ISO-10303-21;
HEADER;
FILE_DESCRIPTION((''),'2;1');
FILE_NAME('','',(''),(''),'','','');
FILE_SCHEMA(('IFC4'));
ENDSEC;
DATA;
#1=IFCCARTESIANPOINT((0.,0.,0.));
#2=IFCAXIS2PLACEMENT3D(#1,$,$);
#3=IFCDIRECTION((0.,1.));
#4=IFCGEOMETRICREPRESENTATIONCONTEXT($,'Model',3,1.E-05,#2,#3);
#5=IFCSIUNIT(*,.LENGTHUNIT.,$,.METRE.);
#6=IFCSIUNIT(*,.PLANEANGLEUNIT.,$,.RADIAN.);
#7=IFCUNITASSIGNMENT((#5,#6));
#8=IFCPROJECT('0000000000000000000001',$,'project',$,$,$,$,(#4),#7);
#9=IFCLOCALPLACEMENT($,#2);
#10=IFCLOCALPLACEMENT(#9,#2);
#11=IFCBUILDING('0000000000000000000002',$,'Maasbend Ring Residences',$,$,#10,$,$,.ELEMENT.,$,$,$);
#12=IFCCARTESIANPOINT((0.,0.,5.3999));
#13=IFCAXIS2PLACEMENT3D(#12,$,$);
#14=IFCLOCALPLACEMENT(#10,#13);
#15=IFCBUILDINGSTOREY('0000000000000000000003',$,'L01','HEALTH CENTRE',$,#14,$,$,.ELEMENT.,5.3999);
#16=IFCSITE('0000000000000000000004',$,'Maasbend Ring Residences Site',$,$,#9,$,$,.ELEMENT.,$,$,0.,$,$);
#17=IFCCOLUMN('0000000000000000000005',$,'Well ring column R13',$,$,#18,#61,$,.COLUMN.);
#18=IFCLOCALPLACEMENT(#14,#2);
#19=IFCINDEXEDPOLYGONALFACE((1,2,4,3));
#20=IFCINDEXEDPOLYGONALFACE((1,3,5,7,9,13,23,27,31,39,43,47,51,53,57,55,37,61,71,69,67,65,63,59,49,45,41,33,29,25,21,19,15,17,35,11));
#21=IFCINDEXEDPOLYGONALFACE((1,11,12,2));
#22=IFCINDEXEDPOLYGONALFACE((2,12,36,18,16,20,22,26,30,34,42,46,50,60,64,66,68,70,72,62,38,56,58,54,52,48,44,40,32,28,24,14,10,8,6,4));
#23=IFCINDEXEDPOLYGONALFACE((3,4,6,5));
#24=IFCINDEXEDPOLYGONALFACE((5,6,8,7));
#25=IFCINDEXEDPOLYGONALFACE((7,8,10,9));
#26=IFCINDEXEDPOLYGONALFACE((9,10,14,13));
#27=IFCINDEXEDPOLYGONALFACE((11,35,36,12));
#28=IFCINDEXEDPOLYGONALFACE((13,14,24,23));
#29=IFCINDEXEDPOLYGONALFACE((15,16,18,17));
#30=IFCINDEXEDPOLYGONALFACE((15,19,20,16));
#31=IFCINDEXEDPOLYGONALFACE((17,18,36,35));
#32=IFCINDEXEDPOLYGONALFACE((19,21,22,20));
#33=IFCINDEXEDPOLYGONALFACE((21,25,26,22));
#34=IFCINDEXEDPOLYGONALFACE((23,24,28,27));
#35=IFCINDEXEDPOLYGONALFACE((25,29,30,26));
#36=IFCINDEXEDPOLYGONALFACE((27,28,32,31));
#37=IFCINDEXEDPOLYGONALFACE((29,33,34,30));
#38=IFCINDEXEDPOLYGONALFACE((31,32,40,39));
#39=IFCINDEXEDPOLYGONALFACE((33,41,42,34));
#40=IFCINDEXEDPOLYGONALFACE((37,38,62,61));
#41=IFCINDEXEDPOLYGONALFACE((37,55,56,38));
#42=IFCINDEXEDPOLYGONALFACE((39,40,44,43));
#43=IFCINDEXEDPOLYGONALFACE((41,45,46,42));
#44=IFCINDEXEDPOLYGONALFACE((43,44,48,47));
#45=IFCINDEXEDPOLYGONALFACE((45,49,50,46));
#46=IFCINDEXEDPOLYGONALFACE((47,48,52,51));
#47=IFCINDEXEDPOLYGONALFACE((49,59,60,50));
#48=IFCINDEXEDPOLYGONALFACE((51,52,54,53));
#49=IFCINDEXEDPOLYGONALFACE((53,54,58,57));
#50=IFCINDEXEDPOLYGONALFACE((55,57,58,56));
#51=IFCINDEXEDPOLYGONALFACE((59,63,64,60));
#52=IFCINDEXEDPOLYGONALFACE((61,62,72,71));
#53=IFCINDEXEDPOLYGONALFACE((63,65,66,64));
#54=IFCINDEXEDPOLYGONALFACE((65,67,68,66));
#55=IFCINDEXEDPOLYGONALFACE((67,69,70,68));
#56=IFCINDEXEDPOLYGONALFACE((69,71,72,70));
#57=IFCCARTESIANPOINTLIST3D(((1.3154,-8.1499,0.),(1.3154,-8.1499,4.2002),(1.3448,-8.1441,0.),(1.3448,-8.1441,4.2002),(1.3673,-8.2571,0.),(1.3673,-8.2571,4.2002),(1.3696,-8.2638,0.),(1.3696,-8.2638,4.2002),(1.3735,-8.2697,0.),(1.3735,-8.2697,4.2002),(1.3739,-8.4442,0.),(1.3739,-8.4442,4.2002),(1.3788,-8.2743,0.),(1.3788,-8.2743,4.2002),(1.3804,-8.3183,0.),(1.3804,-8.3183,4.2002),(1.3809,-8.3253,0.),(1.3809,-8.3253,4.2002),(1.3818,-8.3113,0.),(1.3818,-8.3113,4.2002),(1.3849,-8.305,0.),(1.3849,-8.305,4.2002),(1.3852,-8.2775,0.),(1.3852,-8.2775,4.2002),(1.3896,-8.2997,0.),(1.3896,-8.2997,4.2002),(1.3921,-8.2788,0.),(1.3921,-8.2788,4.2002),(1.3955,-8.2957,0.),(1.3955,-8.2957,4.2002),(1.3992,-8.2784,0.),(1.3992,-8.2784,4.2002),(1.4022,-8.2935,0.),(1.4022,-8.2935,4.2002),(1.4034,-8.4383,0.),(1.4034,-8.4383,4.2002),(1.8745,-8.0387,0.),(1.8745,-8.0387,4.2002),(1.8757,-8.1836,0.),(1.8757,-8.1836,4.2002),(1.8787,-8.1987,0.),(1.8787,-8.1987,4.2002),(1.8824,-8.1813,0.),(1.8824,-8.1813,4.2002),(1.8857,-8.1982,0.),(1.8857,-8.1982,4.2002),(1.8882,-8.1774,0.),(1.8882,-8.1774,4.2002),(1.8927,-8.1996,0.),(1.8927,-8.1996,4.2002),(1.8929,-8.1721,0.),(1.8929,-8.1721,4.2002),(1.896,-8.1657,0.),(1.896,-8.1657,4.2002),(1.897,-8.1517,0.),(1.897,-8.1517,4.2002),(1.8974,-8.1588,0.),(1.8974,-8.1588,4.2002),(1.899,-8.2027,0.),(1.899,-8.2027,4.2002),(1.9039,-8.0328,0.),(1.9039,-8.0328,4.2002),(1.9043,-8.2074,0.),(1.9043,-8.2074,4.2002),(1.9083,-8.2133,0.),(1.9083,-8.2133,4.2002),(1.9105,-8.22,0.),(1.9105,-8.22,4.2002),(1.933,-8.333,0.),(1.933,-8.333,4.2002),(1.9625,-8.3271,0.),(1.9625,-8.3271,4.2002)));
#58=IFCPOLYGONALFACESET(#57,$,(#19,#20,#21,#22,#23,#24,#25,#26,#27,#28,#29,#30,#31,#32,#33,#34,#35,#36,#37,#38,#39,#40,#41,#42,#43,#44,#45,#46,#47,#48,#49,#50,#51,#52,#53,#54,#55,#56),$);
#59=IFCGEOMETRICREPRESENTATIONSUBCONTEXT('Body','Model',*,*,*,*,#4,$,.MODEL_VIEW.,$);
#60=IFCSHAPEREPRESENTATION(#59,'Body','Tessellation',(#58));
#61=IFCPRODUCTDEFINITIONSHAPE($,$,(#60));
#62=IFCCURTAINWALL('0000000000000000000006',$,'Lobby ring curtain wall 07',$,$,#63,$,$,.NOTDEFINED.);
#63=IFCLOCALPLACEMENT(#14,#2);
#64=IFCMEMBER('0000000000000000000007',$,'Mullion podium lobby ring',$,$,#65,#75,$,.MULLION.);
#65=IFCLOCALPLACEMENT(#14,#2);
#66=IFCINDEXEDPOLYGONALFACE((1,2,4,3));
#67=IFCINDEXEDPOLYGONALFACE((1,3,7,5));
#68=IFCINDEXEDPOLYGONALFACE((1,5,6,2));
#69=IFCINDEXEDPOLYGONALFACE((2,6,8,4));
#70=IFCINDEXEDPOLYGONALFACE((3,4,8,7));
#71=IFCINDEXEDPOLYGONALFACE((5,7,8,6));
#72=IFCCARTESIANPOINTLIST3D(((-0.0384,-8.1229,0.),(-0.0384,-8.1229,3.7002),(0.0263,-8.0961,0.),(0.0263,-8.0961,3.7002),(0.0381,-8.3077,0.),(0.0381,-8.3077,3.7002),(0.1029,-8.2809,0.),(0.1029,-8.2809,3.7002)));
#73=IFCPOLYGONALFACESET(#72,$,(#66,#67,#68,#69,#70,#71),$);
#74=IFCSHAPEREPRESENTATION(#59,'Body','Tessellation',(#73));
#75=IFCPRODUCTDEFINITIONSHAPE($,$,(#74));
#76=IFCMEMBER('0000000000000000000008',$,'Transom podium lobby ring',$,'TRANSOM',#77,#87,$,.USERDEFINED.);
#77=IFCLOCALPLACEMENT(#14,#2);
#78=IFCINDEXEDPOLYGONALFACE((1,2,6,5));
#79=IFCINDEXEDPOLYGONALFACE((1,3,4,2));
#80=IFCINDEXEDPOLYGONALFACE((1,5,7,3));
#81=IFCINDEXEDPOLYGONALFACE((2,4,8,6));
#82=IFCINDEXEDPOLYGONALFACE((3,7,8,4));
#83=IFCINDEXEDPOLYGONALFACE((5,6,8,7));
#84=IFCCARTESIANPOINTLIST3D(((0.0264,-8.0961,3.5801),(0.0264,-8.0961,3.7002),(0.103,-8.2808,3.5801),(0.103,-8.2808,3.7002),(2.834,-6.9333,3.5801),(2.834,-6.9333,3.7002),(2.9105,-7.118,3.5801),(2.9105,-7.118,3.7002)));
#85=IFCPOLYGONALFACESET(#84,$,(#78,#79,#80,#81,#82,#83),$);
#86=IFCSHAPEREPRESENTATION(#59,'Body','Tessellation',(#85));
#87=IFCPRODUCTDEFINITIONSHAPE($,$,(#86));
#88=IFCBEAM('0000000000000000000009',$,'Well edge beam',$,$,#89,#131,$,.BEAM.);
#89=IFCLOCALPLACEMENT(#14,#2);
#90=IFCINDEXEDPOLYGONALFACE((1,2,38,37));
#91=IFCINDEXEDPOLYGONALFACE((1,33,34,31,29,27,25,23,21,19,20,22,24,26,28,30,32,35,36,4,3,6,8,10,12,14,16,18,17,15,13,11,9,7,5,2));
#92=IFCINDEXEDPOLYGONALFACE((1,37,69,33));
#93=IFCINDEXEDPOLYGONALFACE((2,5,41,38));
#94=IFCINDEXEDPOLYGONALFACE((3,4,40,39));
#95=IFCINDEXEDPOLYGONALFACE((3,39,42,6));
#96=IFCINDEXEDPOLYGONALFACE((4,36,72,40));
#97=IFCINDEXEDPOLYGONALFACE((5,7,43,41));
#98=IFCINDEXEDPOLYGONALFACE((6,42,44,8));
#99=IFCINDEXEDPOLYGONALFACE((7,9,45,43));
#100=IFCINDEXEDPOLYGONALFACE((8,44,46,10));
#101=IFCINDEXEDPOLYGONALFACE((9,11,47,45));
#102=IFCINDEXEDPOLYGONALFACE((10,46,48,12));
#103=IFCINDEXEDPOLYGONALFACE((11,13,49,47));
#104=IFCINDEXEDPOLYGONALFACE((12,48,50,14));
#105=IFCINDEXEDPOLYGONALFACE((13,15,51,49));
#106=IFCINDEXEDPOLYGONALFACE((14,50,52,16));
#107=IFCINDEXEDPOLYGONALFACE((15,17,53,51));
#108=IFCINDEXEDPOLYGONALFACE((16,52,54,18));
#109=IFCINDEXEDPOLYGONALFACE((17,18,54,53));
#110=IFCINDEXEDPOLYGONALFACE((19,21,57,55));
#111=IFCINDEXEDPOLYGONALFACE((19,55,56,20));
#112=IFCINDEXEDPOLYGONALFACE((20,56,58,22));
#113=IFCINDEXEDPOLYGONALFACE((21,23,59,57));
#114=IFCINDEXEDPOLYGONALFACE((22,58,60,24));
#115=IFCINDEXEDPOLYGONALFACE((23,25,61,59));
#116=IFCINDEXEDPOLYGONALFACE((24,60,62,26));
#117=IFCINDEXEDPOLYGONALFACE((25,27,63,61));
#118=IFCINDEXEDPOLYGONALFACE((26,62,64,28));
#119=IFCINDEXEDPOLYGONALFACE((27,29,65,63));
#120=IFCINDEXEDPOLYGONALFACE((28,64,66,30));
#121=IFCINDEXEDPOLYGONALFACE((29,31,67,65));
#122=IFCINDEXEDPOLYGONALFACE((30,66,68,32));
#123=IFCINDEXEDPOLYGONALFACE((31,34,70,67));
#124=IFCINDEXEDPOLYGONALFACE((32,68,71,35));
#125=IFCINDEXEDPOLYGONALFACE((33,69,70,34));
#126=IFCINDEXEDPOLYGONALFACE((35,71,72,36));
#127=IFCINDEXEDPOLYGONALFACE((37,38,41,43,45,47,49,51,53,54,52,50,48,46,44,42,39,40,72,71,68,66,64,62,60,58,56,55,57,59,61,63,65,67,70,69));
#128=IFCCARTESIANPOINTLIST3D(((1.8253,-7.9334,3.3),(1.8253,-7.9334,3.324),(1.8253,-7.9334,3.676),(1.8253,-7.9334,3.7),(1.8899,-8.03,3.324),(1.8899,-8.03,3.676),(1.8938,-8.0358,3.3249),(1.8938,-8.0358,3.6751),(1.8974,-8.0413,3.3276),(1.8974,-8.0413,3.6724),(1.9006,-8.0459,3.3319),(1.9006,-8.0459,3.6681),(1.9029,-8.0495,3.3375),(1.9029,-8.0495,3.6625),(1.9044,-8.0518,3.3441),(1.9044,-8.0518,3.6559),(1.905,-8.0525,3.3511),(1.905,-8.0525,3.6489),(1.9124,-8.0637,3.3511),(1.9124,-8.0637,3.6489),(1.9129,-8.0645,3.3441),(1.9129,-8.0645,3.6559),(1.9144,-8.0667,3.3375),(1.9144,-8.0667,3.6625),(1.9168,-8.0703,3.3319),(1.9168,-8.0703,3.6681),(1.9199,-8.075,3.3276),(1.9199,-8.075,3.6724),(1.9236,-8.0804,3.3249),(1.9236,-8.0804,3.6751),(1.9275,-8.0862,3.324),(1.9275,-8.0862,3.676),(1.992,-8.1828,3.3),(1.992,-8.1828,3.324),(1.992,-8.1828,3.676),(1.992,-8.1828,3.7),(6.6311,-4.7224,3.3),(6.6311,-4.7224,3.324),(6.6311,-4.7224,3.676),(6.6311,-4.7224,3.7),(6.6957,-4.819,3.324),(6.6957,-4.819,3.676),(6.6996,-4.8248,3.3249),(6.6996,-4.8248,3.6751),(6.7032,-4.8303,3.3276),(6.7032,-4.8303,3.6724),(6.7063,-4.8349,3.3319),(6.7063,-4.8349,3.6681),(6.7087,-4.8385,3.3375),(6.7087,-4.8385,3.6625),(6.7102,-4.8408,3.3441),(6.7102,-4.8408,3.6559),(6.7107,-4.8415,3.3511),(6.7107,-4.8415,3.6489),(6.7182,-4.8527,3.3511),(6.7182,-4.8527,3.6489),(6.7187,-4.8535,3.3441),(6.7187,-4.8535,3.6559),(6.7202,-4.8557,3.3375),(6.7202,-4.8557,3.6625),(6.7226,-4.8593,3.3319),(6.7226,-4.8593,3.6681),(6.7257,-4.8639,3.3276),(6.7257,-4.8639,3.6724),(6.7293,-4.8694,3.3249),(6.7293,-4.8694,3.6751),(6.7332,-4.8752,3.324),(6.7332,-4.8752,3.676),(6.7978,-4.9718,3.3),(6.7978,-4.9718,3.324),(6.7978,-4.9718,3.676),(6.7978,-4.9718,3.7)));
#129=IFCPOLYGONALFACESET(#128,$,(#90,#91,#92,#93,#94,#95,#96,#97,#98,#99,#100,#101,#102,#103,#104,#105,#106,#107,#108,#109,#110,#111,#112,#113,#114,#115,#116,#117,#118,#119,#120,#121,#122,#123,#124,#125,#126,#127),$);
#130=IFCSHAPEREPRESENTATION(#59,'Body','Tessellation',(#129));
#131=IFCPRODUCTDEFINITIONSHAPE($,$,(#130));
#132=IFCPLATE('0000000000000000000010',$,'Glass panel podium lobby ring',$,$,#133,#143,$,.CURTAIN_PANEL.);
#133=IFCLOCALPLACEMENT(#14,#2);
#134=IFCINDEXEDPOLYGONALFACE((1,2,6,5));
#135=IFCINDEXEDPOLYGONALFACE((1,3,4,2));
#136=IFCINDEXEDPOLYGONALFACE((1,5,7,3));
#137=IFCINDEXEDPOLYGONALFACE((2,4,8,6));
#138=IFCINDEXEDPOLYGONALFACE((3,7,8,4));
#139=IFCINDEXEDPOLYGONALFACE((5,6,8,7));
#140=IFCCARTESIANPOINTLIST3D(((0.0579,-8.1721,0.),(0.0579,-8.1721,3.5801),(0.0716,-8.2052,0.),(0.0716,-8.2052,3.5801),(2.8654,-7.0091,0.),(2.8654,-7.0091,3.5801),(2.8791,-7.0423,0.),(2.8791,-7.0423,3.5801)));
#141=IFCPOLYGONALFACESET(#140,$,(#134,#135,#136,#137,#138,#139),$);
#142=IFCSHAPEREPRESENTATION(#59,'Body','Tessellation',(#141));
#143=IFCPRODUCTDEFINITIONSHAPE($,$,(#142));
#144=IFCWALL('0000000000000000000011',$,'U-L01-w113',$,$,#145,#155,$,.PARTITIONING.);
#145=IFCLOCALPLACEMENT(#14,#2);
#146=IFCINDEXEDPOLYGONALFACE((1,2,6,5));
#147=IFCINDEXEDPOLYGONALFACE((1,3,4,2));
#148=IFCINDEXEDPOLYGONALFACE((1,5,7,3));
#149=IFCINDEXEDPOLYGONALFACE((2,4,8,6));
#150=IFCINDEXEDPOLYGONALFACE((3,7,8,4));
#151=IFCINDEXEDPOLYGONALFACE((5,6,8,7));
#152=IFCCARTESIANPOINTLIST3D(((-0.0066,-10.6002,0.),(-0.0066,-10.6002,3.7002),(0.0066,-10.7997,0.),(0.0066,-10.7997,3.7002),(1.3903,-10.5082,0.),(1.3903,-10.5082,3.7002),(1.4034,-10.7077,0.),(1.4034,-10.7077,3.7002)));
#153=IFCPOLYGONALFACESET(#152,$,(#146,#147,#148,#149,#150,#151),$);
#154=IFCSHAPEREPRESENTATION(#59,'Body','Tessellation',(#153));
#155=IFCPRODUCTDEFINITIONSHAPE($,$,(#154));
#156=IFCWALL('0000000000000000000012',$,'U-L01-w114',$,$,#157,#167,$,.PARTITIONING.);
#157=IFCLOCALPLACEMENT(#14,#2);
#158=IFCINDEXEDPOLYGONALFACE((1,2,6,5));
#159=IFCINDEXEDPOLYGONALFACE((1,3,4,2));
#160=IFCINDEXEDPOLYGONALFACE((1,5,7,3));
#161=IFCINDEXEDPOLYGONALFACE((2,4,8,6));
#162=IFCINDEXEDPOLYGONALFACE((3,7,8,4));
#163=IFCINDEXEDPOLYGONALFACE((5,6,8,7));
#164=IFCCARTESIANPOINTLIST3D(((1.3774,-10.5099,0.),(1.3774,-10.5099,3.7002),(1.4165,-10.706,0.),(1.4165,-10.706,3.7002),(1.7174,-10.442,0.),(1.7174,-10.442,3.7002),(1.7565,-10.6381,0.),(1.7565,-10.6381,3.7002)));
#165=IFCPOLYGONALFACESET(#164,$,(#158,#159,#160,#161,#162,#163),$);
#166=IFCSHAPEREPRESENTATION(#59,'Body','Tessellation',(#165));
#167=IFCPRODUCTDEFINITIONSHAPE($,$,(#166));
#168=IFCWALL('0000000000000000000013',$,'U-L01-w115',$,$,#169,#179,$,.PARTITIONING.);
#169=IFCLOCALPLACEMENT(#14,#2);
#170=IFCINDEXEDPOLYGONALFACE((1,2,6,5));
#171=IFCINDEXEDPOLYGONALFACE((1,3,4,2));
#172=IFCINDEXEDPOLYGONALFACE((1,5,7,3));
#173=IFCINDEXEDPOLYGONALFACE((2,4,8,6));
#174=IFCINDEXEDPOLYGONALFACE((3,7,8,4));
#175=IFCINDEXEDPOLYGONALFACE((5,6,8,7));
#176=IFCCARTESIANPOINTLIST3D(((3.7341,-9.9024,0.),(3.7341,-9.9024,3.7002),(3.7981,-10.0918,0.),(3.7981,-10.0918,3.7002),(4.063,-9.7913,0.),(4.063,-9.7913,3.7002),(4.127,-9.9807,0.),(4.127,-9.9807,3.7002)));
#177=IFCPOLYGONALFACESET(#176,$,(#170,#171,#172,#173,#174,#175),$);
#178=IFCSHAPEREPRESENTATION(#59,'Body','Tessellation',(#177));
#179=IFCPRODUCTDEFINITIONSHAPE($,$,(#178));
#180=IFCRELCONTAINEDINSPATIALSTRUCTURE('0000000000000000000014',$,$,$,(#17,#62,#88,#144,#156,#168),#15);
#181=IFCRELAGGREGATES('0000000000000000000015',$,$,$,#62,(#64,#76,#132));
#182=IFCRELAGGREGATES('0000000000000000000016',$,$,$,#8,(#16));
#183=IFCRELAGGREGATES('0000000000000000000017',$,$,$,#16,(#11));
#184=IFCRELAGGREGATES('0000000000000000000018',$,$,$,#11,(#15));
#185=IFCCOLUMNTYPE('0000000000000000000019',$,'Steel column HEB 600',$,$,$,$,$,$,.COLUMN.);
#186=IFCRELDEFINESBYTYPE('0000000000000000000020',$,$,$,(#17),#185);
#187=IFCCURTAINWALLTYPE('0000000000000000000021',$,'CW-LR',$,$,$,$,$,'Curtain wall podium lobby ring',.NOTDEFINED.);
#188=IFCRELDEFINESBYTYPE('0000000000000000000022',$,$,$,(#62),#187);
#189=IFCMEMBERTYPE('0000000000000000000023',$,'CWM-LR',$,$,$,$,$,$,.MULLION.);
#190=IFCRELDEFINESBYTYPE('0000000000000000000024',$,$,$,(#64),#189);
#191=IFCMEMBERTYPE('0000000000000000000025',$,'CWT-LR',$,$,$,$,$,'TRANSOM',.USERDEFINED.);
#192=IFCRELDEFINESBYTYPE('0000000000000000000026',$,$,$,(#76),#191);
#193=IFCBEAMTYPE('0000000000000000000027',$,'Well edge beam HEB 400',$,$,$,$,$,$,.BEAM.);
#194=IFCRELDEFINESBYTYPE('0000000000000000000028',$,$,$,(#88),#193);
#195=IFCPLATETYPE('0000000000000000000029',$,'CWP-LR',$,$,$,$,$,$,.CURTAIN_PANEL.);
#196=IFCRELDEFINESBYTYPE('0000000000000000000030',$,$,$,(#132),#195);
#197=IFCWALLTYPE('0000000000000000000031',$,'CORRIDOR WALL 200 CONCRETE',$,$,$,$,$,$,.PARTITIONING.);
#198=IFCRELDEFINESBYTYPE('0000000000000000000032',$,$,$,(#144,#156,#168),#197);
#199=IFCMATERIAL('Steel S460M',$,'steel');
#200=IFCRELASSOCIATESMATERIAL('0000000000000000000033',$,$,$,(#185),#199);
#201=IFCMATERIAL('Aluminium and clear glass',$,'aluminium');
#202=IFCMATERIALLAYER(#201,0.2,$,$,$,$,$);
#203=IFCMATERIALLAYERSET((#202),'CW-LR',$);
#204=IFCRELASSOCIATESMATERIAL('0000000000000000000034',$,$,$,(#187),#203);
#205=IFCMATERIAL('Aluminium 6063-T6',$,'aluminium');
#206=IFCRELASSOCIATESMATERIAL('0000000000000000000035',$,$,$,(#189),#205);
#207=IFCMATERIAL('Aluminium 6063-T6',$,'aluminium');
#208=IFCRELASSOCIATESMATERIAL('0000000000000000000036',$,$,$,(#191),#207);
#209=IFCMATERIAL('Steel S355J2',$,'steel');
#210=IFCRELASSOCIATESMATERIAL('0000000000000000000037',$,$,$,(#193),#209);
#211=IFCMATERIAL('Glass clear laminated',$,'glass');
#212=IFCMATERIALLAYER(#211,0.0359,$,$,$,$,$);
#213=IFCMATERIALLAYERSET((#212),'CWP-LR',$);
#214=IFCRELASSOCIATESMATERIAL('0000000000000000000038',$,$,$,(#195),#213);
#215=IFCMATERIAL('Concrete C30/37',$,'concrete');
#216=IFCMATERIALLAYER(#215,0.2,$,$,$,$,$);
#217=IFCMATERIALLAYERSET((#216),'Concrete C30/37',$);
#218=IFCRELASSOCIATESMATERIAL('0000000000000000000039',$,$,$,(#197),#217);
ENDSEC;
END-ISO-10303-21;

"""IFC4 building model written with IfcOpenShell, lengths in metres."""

from ifc_helpers import new_model, si_unit, direction, frame, frame_2d, origin, origin_2d, place, context, subcontext, project, spatial, rectangle, i_section, extrude, material, layer, layer_set, material_profile, profile_set, type_object, element, aggregate, save


model = new_model("IFC4")

# Units and contexts
model_context = context("Model", 3, precision=1e-05, world=origin(), true_north=direction((0.0, 1.0)))
body_context = subcontext(model_context, "Body", "Model", "MODEL_VIEW")
ifc_project = project(units=[si_unit("LENGTHUNIT", "METRE"), si_unit("PLANEANGLEUNIT", "RADIAN")], contexts=[model_context])

# Site, building, storey
site_placement = place(None, origin())
site = spatial("IfcSite", under=ifc_project, at=site_placement, Name="Maasbend Ring Residences Site", CompositionType="ELEMENT", RefElevation=0.0)
building_placement = place(site_placement, origin())
building = spatial("IfcBuilding", under=site, at=building_placement, Name="Maasbend Ring Residences", CompositionType="ELEMENT")
storey_placement = place(building_placement, frame((0.0, 0.0, 5.3999)))
storey = spatial("IfcBuildingStorey", under=building, at=storey_placement, Name="L01", Description="HEALTH CENTRE", CompositionType="ELEMENT", Elevation=5.3999)

# Column
ifc_material_1 = material(Name="Steel S460M", Category="steel")
ifc_material_profile_1 = material_profile(ifc_material_1, i_section(OverallWidth=0.3, OverallDepth=0.6001, WebThickness=0.0154, FlangeThickness=0.03, FilletRadius=0.0271, at=origin_2d()), Name="HEB 600")
ifc_profile_set_1 = profile_set([ifc_material_profile_1], Name="Steel S460M")
column_type = type_object("IfcColumnType", Name="Steel column HEB 600", PredefinedType="COLUMN", material=ifc_profile_set_1)
column_placement = place(storey_placement, frame((1.6389, -8.2385, 0.0), z_axis=(0.0, 0.0, 1.0), x_axis=(0.19509, -0.980785, 0.0)))
element("IfcColumn", 1, at=column_placement, inside=storey, type_object=column_type, Name="Well ring column R13", PredefinedType="COLUMN", context=body_context, shape_type="SweptSolid", body=[
    extrude(i_section(OverallWidth=0.3, OverallDepth=0.6001, WebThickness=0.0154, FlangeThickness=0.03, FilletRadius=0.0271, at=origin_2d()), origin(), (0.0, 0.0, 1.0), 4.2002),
])

# Curtain wall, members
ifc_material_2 = material(Name="Aluminium and clear glass", Category="aluminium")
ifc_layer_1 = layer(ifc_material_2, 0.2)
ifc_layer_set_1 = layer_set([ifc_layer_1], Name="CW-LR")
curtain_wall_type = type_object("IfcCurtainWallType", Name="CW-LR", ElementType="Curtain wall podium lobby ring", PredefinedType="NOTDEFINED", material=ifc_layer_set_1)
curtain_wall_placement = place(storey_placement, origin())
curtain_wall = element("IfcCurtainWall", 2, at=curtain_wall_placement, inside=storey, type_object=curtain_wall_type, Name="Lobby ring curtain wall 07", PredefinedType="NOTDEFINED")
ifc_material_3 = material(Name="Aluminium 6063-T6", Category="aluminium")
ifc_material_profile_2 = material_profile(ifc_material_3, rectangle(XDim=0.2, YDim=0.0701, at=origin_2d()), Name="AL 200x70")
ifc_profile_set_2 = profile_set([ifc_material_profile_2], Name="Aluminium 6063-T6")
member_type_1 = type_object("IfcMemberType", Name="CWM-LR", PredefinedType="MULLION", material=ifc_profile_set_2)
member_1_placement = place(storey_placement, frame((0.0322, -8.2019, 0.0), z_axis=(0.0, 0.0, 1.0), x_axis=(-0.382683, 0.92388, 0.0)))
member_1 = element("IfcMember", 3, at=member_1_placement, type_object=member_type_1, Name="Mullion podium lobby ring", PredefinedType="MULLION", context=body_context, shape_type="SweptSolid", body=[
    extrude(rectangle(XDim=0.2, YDim=0.0701, at=origin_2d()), origin(), (0.0, 0.0, 1.0), 3.7002),
])
ifc_material_4 = material(Name="Aluminium 6063-T6", Category="aluminium")
ifc_material_profile_3 = material_profile(ifc_material_4, rectangle(XDim=0.2, YDim=0.1201, at=origin_2d()), Name="AL 200x120")
ifc_profile_set_3 = profile_set([ifc_material_profile_3], Name="Aluminium 6063-T6")
member_type_2 = type_object("IfcMemberType", Name="CWT-LR", ElementType="TRANSOM", PredefinedType="USERDEFINED", material=ifc_profile_set_3)
member_2_placement = place(storey_placement, frame((0.0647, -8.1885, 3.6401), z_axis=(0.923892, 0.382652, 0.0), x_axis=(-0.382652, 0.923892, 0.0)))
member_2 = element("IfcMember", 4, at=member_2_placement, type_object=member_type_2, Name="Transom podium lobby ring", ObjectType="TRANSOM", PredefinedType="USERDEFINED", context=body_context, shape_type="SweptSolid", body=[
    extrude(rectangle(XDim=0.2, YDim=0.1201, at=origin_2d()), origin(), (0.0, 0.0, 1.0), 3.0388),
])

# Beam
ifc_material_5 = material(Name="Steel S355J2", Category="steel")
ifc_material_profile_4 = material_profile(ifc_material_5, i_section(OverallWidth=0.3, OverallDepth=0.3999, WebThickness=0.0134, FlangeThickness=0.0239, FilletRadius=0.0271, at=origin_2d()), Name="HEB 400")
ifc_profile_set_4 = profile_set([ifc_material_profile_4], Name="Steel S355J2")
beam_type = type_object("IfcBeamType", Name="Well edge beam HEB 400", PredefinedType="BEAM", material=ifc_profile_set_4)
beam_placement = place(storey_placement, frame((1.9087, -8.0581, 3.5), z_axis=(0.831478, 0.555558, 0.0), x_axis=(-0.555558, 0.831478, 0.0)))
element("IfcBeam", 5, at=beam_placement, inside=storey, type_object=beam_type, Name="Well edge beam", PredefinedType="BEAM", context=body_context, shape_type="SweptSolid", body=[
    extrude(i_section(OverallWidth=0.3, OverallDepth=0.3999, WebThickness=0.0134, FlangeThickness=0.0239, FilletRadius=0.0271, at=origin_2d()), origin(), (0.0, 0.0, 1.0), 5.7798),
])

# Plate
ifc_material_6 = material(Name="Glass clear laminated", Category="glass")
ifc_layer_2 = layer(ifc_material_6, 0.0359)
ifc_layer_set_2 = layer_set([ifc_layer_2], Name="CWP-LR")
plate_type = type_object("IfcPlateType", Name="CWP-LR", PredefinedType="CURTAIN_PANEL", material=ifc_layer_set_2)
plate_placement = place(storey_placement, frame((1.4685, -7.6072, 0.0), z_axis=(0.0, 0.0, 1.0), x_axis=(0.92388, 0.382683, 0.0)))
plate = element("IfcPlate", 6, at=plate_placement, type_object=plate_type, Name="Glass panel podium lobby ring", PredefinedType="CURTAIN_PANEL", context=body_context, shape_type="SweptSolid", body=[
    extrude(rectangle(XDim=3.0388, YDim=0.0359, at=origin_2d()), origin(), (0.0, 0.0, 1.0), 3.5801),
])
aggregate(curtain_wall, [member_1, member_2, plate])

# Walls
ifc_material_7 = material(Name="Concrete C30/37", Category="concrete")
ifc_layer_3 = layer(ifc_material_7, 0.2)
ifc_layer_set_3 = layer_set([ifc_layer_3], Name="Concrete C30/37")
wall_type_1 = type_object("IfcWallType", Name="CORRIDOR WALL 200 CONCRETE", PredefinedType="PARTITIONING", material=ifc_layer_set_3)
wall_1_placement = place(storey_placement, frame((0.0, -10.7, 0.0), z_axis=(0.0, 0.0, 1.0), x_axis=(0.997837, 0.065744, 0.0)))
element("IfcWall", 7, at=wall_1_placement, inside=storey, type_object=wall_type_1, Name="U-L01-w113", PredefinedType="PARTITIONING", context=body_context, shape_type="SweptSolid", body=[
    extrude(rectangle(XDim=1.3999, YDim=0.2, at=frame_2d((0.7, 0.0))), origin(), (0.0, 0.0, 1.0), 3.7002),
])
wall_2_placement = place(storey_placement, frame((1.397, -10.6079, 0.0), z_axis=(0.0, 0.0, 1.0), x_axis=(0.980662, 0.19571, 0.0)))
element("IfcWall", 8, at=wall_2_placement, inside=storey, type_object=wall_type_1, Name="U-L01-w114", PredefinedType="PARTITIONING", context=body_context, shape_type="SweptSolid", body=[
    extrude(rectangle(XDim=0.3467, YDim=0.2, at=frame_2d((0.1733, 0.0))), origin(), (0.0, 0.0, 1.0), 3.7002),
])
wall_3_placement = place(storey_placement, frame((3.7661, -9.9971, 0.0), z_axis=(0.0, 0.0, 1.0), x_axis=(0.94741, 0.320023, 0.0)))
element("IfcWall", 9, at=wall_3_placement, inside=storey, type_object=wall_type_1, Name="U-L01-w115", PredefinedType="PARTITIONING", context=body_context, shape_type="SweptSolid", body=[
    extrude(rectangle(XDim=0.3472, YDim=0.2, at=frame_2d((0.1736, 0.0))), origin(), (0.0, 0.0, 1.0), 3.7002),
])

save(model, "model.ifc")
